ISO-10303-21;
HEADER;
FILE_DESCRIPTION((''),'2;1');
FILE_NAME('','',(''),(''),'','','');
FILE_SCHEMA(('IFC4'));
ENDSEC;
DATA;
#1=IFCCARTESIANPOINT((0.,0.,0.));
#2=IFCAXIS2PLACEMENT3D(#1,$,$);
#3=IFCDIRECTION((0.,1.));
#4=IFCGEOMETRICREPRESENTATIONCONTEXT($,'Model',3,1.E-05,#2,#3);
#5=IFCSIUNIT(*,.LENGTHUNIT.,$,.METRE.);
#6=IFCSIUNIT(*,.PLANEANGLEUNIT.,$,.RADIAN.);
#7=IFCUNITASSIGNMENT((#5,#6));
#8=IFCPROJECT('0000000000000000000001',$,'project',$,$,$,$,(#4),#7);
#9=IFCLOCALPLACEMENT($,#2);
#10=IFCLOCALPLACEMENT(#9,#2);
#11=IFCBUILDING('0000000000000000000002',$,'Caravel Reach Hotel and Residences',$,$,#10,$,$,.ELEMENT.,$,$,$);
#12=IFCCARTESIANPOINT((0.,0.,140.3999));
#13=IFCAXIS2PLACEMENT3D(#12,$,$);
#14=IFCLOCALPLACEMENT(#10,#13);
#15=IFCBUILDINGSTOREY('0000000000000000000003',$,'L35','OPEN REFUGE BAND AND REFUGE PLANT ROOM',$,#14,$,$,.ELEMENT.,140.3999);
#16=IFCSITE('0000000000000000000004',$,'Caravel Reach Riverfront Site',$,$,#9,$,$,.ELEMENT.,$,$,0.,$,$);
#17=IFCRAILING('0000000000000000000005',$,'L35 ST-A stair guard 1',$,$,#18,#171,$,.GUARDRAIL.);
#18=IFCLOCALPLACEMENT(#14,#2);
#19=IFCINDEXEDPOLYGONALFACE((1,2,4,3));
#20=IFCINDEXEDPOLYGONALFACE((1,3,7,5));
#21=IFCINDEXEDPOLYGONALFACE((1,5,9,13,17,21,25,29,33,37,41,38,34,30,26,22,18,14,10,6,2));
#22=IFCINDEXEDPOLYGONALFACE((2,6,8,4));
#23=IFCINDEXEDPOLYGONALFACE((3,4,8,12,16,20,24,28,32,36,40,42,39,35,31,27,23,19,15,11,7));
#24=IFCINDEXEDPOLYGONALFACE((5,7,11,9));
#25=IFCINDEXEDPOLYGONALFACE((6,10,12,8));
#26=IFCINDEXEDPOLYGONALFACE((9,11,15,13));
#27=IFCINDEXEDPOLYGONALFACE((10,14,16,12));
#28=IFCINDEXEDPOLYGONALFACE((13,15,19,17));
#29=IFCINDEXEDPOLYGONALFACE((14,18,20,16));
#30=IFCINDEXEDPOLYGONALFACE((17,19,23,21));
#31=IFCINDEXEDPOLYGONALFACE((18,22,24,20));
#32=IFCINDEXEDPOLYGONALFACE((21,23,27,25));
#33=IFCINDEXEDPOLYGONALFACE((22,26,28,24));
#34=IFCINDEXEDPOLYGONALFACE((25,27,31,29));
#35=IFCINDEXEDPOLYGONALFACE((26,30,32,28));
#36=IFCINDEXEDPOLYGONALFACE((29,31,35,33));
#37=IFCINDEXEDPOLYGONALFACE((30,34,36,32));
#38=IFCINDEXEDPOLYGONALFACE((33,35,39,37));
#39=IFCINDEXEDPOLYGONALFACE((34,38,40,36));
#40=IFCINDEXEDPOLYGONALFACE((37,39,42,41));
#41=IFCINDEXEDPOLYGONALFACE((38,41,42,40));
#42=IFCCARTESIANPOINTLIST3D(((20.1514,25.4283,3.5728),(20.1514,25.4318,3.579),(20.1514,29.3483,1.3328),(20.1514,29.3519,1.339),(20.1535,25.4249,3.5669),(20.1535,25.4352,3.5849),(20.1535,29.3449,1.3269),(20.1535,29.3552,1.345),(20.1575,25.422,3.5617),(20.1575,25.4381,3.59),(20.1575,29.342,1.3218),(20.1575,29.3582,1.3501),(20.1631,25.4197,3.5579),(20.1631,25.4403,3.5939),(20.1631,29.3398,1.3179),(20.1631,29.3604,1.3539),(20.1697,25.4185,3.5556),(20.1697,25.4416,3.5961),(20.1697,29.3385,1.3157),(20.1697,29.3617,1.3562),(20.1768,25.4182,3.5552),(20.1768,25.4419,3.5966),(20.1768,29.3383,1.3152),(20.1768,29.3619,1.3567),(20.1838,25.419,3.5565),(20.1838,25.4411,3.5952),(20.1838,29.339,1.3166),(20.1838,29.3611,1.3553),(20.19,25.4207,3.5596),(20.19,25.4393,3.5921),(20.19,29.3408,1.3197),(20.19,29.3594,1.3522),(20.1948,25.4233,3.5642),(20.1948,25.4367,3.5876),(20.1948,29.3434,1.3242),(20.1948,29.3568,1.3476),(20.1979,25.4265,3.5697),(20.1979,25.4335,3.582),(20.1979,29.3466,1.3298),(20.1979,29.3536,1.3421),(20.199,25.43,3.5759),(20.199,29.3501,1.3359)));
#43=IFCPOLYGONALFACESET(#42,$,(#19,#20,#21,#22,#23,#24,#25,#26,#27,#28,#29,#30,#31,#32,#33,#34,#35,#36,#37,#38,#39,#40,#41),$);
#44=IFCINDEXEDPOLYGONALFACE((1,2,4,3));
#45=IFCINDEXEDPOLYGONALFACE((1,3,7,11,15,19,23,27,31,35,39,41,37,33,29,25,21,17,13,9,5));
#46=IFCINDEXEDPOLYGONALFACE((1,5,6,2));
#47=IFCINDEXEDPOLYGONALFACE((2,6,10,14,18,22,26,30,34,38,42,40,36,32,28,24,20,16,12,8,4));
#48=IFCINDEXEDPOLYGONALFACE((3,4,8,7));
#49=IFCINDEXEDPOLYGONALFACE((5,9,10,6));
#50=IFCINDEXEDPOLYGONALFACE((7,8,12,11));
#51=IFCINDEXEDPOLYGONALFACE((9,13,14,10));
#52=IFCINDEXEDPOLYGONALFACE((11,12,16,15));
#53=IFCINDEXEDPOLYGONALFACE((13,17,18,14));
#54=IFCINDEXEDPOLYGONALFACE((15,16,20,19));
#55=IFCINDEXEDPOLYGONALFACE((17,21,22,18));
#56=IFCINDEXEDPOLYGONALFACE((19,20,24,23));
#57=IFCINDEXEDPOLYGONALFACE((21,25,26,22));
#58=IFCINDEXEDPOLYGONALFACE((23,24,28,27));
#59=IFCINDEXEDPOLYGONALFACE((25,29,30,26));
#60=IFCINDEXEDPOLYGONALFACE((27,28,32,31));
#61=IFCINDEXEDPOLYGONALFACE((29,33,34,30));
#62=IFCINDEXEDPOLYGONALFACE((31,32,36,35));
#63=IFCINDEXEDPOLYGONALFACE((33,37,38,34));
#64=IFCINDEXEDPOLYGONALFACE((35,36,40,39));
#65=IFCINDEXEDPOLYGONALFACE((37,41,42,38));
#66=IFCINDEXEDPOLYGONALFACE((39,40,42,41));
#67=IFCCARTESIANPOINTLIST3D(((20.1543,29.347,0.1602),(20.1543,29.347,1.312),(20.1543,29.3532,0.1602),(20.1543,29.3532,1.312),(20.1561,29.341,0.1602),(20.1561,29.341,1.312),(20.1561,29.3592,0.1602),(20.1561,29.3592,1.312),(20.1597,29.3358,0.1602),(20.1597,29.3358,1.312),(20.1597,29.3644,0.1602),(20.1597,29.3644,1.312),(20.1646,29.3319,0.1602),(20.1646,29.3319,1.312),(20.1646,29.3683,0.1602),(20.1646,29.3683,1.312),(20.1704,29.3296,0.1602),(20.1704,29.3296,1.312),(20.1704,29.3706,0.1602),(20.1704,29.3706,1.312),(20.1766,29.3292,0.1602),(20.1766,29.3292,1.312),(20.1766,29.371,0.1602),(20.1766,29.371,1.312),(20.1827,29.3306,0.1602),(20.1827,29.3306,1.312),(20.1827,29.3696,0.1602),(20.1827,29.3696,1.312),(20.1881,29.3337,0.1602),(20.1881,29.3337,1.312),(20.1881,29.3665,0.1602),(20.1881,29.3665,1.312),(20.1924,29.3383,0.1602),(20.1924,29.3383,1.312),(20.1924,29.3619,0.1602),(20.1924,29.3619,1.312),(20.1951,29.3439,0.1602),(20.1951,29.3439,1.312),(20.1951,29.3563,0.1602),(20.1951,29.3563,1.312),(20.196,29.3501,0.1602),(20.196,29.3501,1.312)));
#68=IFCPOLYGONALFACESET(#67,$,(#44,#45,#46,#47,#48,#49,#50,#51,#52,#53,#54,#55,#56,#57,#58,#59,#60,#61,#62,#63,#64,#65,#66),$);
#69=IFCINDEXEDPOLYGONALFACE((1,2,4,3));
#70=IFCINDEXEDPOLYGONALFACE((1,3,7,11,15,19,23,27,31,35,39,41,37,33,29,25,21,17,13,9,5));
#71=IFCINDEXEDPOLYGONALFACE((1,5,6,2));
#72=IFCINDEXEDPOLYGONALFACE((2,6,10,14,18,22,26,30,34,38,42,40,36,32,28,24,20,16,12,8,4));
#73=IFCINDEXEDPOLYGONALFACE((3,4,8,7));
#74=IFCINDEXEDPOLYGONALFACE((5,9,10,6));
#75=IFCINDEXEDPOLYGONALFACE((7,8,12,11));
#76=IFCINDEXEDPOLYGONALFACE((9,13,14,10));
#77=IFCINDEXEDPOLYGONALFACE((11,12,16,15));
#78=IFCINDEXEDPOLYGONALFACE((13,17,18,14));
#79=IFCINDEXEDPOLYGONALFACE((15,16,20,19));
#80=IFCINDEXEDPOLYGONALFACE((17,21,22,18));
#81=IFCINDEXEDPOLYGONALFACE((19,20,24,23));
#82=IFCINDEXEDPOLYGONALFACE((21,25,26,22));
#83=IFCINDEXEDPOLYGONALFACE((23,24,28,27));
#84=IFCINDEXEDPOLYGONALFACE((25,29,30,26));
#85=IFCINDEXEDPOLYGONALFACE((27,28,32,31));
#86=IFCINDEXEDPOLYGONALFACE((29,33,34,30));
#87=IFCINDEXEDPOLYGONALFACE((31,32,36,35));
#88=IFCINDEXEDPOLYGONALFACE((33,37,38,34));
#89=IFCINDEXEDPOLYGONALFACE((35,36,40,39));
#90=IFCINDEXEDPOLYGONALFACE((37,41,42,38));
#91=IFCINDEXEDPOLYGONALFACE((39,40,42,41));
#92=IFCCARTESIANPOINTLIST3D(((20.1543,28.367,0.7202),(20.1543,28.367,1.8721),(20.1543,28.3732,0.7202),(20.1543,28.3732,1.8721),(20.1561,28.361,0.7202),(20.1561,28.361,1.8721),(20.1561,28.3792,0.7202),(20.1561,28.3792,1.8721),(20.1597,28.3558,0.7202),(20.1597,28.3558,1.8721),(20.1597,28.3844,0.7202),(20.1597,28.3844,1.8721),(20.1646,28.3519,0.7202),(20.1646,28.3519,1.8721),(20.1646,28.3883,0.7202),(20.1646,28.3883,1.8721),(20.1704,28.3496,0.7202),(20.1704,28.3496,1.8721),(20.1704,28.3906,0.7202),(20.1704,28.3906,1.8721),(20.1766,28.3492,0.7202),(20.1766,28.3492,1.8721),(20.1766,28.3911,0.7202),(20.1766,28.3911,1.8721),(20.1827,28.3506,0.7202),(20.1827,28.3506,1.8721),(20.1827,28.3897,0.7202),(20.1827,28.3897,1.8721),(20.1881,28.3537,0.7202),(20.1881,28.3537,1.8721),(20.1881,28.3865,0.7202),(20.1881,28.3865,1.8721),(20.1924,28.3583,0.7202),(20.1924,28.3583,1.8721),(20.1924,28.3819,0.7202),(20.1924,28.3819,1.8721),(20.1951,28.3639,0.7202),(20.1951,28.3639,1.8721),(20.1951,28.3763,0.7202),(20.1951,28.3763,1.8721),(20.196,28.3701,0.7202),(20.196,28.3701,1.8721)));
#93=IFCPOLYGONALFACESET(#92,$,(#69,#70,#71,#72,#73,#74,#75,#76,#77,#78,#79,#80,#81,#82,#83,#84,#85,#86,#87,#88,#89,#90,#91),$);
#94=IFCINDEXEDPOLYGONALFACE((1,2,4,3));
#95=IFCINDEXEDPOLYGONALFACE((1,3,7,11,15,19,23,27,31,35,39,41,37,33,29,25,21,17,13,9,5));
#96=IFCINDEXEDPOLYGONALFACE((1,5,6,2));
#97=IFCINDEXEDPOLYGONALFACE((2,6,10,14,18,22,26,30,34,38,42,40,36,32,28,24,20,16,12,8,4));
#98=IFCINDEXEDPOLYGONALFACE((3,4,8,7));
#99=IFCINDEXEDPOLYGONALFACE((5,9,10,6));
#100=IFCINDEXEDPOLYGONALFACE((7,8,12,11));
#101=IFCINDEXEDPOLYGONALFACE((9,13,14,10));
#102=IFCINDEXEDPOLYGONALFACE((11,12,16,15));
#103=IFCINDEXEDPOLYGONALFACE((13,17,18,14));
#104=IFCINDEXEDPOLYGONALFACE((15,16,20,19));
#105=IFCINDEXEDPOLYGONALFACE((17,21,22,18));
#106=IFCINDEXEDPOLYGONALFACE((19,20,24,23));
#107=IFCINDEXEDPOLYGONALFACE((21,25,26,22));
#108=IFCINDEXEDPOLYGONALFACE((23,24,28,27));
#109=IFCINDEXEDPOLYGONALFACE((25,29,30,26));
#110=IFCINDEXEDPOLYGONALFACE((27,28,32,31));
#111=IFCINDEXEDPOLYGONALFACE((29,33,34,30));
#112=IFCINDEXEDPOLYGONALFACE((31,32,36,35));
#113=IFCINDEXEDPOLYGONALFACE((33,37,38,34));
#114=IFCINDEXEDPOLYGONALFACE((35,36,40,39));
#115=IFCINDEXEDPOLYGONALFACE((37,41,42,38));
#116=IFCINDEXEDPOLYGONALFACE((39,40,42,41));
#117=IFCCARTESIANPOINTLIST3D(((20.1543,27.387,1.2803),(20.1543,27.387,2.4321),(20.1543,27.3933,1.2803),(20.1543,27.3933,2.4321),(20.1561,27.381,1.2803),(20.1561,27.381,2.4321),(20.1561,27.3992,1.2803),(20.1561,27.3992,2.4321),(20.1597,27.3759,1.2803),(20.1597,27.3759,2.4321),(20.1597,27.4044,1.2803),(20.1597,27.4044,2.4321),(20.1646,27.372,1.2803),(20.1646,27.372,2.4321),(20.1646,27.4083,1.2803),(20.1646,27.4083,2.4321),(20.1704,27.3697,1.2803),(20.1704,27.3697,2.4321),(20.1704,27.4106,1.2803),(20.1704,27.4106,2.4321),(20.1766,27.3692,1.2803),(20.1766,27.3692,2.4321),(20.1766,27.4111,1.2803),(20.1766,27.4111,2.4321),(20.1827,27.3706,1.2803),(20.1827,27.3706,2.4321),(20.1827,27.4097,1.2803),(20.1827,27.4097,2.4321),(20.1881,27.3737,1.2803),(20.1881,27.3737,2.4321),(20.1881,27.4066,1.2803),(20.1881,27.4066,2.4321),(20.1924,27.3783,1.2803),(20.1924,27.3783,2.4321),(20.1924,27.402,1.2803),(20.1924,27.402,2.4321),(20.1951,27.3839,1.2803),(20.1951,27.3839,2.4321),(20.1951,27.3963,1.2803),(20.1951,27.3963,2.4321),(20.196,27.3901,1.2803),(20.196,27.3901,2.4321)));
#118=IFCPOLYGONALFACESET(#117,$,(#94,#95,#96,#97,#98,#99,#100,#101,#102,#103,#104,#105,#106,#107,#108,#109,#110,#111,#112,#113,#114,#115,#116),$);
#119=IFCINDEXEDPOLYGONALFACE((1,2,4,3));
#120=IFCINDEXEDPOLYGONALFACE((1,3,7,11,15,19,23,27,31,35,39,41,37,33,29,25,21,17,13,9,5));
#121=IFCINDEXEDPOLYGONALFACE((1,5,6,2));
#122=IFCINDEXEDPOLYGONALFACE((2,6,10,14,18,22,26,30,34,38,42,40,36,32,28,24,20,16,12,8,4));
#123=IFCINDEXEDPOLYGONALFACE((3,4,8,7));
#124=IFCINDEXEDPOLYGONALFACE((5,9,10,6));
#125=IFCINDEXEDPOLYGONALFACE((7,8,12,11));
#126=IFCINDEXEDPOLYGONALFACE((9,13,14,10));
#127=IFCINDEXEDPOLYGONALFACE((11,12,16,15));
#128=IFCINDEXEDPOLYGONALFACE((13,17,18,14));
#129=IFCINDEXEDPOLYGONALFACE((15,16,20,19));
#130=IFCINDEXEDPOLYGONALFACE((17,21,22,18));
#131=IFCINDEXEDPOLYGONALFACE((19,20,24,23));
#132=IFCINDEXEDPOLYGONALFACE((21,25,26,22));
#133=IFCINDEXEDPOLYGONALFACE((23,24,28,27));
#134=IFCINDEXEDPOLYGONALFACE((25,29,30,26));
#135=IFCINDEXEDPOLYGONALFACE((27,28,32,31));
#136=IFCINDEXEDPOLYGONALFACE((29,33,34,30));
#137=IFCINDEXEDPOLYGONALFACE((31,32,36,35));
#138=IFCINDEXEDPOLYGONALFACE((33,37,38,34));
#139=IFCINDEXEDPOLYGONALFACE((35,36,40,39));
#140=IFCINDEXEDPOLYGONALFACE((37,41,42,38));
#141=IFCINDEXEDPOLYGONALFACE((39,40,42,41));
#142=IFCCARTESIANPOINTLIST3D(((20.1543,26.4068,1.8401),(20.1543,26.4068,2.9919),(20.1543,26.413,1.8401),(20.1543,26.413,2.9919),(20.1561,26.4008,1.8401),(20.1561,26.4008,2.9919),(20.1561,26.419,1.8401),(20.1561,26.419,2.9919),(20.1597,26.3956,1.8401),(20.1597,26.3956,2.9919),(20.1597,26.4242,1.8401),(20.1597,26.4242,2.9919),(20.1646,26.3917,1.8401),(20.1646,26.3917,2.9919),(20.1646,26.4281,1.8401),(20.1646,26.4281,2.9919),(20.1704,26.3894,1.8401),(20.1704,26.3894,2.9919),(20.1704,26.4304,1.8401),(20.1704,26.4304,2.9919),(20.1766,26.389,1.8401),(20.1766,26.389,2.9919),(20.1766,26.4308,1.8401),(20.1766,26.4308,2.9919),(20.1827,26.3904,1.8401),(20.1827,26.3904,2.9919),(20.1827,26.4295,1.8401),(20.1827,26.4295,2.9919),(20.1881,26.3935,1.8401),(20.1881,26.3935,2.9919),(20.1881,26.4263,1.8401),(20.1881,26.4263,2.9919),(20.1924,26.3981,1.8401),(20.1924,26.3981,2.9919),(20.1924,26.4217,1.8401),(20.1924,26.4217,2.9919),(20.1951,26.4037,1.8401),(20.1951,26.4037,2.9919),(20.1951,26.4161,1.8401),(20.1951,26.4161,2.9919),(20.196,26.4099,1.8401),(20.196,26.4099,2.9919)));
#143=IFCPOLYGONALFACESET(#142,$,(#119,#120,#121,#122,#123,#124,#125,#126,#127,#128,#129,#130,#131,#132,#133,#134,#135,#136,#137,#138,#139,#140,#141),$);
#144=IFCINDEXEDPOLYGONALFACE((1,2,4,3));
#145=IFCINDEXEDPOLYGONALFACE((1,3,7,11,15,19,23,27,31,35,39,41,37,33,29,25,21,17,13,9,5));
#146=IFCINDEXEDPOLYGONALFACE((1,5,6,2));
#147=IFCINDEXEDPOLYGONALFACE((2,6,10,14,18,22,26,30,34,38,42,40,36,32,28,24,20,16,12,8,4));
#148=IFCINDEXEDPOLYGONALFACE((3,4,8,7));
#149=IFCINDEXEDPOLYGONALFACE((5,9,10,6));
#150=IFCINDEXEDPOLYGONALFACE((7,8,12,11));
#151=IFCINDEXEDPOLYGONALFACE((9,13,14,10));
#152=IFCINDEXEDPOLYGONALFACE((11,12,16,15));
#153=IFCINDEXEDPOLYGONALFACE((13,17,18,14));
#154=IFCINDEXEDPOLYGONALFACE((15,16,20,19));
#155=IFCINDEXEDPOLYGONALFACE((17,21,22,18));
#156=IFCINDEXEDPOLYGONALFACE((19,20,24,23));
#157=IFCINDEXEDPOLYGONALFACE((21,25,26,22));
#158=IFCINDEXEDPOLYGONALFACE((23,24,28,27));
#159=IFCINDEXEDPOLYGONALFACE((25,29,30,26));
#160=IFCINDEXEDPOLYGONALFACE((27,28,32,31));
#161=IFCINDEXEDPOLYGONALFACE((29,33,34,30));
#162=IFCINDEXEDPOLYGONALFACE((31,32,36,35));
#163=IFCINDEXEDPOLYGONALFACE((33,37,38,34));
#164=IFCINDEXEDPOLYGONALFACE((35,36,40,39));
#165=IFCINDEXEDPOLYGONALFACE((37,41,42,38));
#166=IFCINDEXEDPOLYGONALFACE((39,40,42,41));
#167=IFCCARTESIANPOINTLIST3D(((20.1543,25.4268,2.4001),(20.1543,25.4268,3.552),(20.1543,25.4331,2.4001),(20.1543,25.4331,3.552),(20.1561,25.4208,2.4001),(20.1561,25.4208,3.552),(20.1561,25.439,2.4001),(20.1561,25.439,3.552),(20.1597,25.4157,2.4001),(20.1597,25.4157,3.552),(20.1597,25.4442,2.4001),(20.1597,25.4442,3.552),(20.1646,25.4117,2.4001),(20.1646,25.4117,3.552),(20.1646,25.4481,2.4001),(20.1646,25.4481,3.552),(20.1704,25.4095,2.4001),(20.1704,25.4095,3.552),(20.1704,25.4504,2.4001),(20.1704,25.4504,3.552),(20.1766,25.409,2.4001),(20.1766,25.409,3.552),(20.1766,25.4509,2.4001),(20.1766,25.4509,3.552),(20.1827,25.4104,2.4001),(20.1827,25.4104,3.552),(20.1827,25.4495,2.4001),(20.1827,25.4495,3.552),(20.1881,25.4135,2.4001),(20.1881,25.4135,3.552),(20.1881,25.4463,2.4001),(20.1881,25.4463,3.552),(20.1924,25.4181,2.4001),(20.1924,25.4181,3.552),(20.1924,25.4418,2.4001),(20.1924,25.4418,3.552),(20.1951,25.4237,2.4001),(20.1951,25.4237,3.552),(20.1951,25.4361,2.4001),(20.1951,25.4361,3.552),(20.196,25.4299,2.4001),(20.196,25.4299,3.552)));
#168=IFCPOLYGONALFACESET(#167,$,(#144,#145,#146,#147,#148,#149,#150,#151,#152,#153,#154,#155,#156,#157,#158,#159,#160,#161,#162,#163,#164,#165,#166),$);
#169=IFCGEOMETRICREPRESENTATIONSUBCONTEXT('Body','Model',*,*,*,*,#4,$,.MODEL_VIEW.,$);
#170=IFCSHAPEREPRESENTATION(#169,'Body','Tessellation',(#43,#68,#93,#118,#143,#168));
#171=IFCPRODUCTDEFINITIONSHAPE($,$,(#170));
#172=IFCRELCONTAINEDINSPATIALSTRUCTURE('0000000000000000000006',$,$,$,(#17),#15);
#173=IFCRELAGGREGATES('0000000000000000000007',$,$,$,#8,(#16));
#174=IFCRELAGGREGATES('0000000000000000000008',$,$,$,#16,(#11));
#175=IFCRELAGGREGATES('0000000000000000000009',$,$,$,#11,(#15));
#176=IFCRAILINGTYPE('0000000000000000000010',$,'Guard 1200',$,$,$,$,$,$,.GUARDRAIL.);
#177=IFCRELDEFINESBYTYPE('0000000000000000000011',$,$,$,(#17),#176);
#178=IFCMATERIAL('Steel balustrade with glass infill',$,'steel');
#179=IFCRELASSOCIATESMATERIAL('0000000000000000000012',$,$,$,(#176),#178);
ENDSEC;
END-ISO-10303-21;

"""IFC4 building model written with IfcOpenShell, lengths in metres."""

from ifc_helpers import new_model, si_unit, direction, frame, origin, origin_2d, place, context, subcontext, project, spatial, circle, extrude, material, type_object, element, save


model = new_model("IFC4")

# Units and contexts
model_context = context("Model", 3, precision=1e-05, world=origin(), true_north=direction((0.0, 1.0)))
body_context = subcontext(model_context, "Body", "Model", "MODEL_VIEW")
ifc_project = project(units=[si_unit("LENGTHUNIT", "METRE"), si_unit("PLANEANGLEUNIT", "RADIAN")], contexts=[model_context])

# Site, building, storey
site_placement = place(None, origin())
site = spatial("IfcSite", under=ifc_project, at=site_placement, Name="Caravel Reach Riverfront Site", CompositionType="ELEMENT", RefElevation=0.0)
building_placement = place(site_placement, origin())
building = spatial("IfcBuilding", under=site, at=building_placement, Name="Caravel Reach Hotel and Residences", CompositionType="ELEMENT")
storey_placement = place(building_placement, frame((0.0, 0.0, 140.3999)))
storey = spatial("IfcBuildingStorey", under=building, at=storey_placement, Name="L35", Description="OPEN REFUGE BAND AND REFUGE PLANT ROOM", CompositionType="ELEMENT", Elevation=140.3999)

# Railing
ifc_material_1 = material(Name="Steel balustrade with glass infill", Category="steel")
railing_type_1 = type_object("IfcRailingType", Name="Guard 1200", PredefinedType="GUARDRAIL", material=ifc_material_1)
railing_1_placement = place(storey_placement, frame((20.175, 29.3501, 0.1602)))
element("IfcRailing", 1, at=railing_1_placement, inside=storey, type_object=railing_type_1, Name="L35 ST-A stair guard 1", PredefinedType="GUARDRAIL", context=body_context, shape_type="SweptSolid", body=[
    extrude(circle(Radius=0.0239, at=origin_2d()), frame((0.0, 0.0, 1.1758), z_axis=(0.0, -0.868253, 0.496121), x_axis=(1.0, 0.0, 0.0)), (0.0, 0.0, 1.0), 4.5149),
    extrude(circle(Radius=0.021, at=origin_2d()), origin(), (0.0, 0.0, 1.0), 1.1519),
    extrude(circle(Radius=0.021, at=origin_2d()), frame((0.0, -0.98, 0.5601)), (0.0, 0.0, 1.0), 1.1519),
    extrude(circle(Radius=0.021, at=origin_2d()), frame((0.0, -1.96, 1.1201)), (0.0, 0.0, 1.0), 1.1519),
    extrude(circle(Radius=0.021, at=origin_2d()), frame((0.0, -2.9402, 1.6799)), (0.0, 0.0, 1.0), 1.1519),
    extrude(circle(Radius=0.021, at=origin_2d()), frame((0.0, -3.9202, 2.24)), (0.0, 0.0, 1.0), 1.1519),
])

save(model, "model.ifc")
